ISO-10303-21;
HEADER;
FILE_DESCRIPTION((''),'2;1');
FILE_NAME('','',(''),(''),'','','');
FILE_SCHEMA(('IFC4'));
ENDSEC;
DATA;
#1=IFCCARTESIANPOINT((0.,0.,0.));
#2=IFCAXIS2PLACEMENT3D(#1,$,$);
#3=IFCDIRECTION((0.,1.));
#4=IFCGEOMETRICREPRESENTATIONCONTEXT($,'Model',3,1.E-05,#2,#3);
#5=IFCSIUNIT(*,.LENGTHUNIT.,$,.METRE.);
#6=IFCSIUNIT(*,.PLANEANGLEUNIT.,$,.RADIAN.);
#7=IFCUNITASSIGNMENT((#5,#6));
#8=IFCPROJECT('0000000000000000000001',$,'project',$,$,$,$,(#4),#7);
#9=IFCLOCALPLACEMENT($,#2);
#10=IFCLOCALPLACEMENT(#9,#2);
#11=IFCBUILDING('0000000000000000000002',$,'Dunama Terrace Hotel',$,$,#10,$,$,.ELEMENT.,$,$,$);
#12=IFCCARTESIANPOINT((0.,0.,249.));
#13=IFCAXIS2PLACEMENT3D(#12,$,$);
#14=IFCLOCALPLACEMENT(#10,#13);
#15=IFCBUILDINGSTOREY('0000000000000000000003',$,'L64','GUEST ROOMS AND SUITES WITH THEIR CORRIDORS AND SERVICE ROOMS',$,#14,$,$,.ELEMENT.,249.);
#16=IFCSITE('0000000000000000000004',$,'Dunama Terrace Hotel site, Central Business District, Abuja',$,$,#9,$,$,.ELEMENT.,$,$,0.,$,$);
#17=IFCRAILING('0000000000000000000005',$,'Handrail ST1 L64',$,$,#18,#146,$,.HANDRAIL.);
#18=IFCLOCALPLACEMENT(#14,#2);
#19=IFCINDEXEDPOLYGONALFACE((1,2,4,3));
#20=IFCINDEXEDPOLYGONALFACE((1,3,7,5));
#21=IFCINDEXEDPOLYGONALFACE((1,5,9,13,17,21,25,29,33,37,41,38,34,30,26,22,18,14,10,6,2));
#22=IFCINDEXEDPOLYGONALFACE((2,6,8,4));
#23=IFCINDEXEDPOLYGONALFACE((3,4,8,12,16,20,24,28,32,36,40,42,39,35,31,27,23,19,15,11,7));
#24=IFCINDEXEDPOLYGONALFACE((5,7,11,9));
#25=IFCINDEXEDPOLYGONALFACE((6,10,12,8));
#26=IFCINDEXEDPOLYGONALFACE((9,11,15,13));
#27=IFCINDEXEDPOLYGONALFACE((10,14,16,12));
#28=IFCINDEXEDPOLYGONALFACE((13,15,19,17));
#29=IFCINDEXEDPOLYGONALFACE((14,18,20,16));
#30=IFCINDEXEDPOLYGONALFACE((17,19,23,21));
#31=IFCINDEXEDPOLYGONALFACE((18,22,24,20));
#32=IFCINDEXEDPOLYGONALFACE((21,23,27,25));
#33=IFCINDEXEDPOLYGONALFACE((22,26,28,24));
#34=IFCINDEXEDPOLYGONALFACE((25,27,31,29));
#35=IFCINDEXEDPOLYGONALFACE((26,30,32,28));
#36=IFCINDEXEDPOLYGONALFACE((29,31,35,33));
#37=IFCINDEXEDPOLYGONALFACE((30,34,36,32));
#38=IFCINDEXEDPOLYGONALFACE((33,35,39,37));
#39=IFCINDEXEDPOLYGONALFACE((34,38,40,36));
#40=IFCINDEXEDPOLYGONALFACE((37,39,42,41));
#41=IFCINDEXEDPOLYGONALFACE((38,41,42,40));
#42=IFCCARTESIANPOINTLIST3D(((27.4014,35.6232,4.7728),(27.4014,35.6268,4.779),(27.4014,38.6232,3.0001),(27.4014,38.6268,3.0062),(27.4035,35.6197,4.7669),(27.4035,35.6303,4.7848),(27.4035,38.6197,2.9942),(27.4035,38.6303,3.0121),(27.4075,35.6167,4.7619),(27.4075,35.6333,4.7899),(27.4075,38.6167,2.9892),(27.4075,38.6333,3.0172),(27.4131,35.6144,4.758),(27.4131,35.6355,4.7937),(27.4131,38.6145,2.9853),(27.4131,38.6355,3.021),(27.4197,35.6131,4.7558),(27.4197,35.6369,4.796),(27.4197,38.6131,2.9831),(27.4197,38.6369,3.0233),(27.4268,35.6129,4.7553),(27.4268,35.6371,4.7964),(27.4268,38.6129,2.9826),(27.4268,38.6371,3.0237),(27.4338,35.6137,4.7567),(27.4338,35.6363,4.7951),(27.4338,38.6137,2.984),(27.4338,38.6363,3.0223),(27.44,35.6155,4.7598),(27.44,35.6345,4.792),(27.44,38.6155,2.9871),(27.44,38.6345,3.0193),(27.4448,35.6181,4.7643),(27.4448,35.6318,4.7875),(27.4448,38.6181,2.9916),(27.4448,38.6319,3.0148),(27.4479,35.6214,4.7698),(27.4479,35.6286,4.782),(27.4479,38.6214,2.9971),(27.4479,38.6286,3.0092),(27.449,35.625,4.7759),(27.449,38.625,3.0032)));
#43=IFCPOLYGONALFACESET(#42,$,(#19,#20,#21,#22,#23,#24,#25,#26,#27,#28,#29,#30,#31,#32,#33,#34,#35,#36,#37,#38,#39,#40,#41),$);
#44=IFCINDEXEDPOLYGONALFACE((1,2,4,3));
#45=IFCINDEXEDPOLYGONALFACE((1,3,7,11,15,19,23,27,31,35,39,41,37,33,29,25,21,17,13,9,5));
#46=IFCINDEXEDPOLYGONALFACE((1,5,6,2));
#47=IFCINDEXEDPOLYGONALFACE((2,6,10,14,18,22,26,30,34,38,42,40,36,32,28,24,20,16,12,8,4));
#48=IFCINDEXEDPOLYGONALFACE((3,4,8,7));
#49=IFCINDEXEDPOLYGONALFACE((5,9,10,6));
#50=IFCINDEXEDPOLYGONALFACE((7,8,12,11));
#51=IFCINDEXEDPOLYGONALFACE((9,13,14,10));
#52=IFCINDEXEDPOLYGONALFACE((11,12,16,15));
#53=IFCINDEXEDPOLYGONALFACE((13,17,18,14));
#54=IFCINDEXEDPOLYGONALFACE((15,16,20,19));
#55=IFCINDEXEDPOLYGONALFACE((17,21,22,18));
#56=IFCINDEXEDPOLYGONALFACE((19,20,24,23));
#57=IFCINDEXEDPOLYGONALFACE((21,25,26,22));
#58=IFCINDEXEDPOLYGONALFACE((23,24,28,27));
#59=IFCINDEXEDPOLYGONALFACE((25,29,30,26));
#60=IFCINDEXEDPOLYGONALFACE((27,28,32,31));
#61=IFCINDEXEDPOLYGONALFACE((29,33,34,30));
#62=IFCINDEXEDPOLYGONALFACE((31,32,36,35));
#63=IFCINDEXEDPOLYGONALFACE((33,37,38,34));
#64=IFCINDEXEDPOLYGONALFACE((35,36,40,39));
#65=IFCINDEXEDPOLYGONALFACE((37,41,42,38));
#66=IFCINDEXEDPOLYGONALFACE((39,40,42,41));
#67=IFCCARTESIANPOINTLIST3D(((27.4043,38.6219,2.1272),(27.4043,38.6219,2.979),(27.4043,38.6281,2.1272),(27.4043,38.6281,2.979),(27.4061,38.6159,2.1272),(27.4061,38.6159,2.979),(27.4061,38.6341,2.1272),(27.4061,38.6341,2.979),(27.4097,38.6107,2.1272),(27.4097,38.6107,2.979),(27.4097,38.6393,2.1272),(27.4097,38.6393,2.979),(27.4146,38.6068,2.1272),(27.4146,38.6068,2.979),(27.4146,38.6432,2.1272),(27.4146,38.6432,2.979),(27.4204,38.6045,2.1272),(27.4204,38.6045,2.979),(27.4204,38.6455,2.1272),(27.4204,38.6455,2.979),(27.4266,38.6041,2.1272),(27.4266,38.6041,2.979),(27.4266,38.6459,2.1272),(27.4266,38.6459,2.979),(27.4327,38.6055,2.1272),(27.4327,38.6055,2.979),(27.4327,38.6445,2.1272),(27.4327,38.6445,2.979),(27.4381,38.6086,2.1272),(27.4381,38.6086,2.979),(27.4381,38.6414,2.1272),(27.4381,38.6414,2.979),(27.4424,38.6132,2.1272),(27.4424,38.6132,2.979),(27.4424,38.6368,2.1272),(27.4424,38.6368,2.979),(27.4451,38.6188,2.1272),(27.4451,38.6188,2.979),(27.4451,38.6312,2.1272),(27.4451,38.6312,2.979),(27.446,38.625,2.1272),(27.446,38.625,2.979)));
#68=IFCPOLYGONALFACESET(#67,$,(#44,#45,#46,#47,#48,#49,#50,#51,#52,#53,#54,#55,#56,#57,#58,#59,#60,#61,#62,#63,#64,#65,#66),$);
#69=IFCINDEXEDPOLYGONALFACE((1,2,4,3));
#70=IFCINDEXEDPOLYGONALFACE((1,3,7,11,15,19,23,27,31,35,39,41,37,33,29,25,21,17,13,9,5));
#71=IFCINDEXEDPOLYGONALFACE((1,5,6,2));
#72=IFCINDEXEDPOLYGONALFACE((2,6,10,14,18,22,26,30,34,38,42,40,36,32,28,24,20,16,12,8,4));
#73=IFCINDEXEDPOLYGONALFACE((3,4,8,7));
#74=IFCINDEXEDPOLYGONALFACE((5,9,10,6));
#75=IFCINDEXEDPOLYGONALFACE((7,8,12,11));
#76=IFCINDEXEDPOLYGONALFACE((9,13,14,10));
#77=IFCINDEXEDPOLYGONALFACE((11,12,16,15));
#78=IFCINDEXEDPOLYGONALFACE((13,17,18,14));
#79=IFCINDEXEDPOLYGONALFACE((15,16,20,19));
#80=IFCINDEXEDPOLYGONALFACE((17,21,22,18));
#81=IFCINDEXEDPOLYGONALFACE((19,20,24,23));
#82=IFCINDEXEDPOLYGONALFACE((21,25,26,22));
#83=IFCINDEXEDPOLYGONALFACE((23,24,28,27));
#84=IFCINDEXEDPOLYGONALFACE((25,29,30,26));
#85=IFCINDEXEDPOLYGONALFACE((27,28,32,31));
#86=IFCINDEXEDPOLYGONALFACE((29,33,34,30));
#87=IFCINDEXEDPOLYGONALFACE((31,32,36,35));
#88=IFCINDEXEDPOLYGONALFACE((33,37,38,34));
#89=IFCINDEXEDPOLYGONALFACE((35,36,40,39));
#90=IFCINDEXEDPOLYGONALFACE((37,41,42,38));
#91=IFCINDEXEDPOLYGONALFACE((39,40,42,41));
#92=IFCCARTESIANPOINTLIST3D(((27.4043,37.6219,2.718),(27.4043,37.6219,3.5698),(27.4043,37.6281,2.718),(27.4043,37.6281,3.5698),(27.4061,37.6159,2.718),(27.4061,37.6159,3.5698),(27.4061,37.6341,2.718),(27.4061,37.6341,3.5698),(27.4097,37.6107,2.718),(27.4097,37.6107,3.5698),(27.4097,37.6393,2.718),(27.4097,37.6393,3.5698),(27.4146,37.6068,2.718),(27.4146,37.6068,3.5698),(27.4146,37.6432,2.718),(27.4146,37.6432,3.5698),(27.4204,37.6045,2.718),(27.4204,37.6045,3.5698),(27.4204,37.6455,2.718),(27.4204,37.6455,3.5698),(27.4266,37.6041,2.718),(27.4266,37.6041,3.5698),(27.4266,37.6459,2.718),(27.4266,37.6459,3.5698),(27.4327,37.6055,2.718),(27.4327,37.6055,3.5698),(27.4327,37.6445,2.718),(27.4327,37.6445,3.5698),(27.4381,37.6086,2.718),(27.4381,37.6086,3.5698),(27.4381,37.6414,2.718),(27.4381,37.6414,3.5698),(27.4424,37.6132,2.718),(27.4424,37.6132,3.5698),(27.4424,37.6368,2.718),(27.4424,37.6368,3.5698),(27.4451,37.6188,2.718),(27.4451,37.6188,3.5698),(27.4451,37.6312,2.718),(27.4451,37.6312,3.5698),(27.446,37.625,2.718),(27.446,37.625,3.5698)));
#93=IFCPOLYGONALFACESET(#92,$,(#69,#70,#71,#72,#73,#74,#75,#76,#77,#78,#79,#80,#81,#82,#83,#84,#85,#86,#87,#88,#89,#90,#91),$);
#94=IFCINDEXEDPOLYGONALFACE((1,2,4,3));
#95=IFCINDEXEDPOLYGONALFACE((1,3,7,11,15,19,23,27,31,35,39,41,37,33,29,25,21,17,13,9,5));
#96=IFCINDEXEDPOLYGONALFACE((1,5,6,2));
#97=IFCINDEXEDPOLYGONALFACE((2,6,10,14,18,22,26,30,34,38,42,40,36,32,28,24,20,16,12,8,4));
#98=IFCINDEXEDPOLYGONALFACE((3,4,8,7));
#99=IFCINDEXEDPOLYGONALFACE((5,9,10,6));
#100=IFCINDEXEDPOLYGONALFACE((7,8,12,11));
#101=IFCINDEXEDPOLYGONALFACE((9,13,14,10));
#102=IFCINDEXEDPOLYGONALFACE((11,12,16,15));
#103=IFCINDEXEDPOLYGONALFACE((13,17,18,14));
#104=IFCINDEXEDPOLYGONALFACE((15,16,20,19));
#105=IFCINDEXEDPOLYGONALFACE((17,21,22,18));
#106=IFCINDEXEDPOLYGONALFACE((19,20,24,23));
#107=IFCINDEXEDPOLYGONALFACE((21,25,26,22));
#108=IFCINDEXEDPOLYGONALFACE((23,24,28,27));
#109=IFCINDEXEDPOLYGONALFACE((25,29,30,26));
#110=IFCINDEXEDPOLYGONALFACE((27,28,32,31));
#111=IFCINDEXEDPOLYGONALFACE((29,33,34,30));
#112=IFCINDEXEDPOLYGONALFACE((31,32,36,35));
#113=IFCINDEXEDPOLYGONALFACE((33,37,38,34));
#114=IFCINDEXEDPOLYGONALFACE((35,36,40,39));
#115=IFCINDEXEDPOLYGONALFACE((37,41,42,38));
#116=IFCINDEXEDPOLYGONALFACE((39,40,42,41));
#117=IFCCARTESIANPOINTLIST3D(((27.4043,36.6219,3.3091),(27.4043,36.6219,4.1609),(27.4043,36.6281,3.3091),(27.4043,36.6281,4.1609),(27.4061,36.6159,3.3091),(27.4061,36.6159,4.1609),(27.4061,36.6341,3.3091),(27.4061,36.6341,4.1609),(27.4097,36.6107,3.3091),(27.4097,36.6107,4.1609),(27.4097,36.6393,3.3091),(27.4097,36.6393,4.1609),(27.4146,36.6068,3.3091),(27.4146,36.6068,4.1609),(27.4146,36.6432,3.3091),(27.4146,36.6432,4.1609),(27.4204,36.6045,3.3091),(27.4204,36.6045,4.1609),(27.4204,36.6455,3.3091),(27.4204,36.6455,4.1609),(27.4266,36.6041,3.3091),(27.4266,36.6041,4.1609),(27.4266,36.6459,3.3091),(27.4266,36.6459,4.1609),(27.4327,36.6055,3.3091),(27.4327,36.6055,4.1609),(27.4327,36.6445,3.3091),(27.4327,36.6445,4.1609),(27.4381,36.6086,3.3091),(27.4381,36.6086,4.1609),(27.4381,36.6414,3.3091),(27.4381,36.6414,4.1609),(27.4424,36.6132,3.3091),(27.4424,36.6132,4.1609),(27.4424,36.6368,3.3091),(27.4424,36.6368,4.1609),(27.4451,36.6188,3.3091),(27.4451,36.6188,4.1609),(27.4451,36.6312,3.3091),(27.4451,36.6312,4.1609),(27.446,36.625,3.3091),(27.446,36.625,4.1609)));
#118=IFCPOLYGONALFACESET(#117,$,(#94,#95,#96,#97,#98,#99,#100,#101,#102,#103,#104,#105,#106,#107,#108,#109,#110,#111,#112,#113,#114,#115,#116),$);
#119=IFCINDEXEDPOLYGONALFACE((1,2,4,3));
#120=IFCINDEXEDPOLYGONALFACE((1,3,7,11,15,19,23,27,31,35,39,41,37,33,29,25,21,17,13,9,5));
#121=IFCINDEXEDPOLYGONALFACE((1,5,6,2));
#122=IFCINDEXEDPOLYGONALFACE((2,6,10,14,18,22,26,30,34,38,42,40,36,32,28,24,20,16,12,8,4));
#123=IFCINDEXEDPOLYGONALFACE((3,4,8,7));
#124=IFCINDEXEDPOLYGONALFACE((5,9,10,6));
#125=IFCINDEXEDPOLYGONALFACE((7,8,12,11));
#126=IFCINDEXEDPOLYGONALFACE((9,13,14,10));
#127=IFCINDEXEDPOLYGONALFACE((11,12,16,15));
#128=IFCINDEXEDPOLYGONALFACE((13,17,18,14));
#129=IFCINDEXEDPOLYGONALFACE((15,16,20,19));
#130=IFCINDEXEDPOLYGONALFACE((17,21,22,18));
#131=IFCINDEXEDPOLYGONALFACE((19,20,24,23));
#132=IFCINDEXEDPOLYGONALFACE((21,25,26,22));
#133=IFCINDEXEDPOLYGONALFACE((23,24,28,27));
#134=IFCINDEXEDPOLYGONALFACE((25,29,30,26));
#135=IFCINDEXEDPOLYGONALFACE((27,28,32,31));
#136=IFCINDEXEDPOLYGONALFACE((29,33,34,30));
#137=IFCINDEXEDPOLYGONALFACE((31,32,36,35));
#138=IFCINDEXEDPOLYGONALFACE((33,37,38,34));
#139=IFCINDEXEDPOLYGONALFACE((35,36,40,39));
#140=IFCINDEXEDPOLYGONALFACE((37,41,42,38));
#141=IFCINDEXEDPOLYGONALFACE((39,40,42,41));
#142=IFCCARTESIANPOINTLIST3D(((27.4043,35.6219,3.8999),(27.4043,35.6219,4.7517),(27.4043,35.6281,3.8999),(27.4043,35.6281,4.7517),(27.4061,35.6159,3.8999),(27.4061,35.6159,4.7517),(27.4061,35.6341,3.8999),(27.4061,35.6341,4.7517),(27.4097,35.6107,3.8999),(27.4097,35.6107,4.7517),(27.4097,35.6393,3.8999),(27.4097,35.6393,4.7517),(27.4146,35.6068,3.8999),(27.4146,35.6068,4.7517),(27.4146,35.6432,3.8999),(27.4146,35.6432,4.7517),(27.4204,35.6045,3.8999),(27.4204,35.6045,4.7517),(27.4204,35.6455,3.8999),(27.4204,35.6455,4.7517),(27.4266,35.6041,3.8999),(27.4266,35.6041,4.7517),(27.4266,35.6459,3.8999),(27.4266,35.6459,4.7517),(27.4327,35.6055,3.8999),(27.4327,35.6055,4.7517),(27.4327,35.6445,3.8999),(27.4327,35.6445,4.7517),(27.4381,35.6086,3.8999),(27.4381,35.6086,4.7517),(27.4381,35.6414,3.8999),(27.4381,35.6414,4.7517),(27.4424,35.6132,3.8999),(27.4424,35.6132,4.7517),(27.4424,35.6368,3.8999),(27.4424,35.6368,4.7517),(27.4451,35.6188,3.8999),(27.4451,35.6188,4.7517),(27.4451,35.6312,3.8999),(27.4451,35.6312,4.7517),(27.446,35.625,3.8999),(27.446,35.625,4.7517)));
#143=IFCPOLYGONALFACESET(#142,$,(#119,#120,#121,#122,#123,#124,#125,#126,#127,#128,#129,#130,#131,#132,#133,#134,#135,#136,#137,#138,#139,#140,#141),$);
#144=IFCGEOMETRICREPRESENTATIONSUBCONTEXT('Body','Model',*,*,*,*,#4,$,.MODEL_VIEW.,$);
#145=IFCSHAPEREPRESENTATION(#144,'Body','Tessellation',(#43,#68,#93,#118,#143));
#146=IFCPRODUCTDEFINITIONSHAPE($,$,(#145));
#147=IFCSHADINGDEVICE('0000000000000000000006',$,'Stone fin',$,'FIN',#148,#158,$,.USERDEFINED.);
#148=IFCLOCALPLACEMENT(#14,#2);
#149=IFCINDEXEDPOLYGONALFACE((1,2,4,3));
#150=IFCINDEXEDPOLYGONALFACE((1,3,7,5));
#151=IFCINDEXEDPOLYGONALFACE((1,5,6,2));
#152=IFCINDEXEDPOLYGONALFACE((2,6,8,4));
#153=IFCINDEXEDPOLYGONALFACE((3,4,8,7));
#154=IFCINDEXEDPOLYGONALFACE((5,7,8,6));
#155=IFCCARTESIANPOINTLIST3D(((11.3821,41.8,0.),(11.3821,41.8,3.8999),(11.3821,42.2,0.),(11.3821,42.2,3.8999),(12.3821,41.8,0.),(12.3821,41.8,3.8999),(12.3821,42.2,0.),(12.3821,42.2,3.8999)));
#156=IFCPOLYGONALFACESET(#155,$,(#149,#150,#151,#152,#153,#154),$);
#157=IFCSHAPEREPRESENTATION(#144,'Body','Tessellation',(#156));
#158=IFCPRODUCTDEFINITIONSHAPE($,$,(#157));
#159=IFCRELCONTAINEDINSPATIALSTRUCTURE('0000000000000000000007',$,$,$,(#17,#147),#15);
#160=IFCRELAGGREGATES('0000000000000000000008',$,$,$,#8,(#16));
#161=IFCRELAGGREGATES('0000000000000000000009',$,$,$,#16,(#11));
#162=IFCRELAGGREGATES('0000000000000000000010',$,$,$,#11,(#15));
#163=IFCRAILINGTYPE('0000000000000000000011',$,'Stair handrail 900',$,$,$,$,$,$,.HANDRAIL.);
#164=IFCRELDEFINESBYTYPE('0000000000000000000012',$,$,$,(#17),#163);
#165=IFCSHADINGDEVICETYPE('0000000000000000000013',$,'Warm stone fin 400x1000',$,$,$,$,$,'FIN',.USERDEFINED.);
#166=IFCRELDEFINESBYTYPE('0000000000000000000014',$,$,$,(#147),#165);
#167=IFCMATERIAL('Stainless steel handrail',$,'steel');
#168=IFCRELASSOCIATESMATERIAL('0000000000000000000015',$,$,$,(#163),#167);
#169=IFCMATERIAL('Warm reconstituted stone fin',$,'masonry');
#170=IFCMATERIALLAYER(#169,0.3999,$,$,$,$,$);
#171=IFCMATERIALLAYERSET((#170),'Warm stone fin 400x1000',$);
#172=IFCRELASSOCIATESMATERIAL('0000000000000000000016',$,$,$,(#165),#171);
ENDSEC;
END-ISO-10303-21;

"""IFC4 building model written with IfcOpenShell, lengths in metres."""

from ifc_helpers import new_model, si_unit, direction, frame, origin, origin_2d, place, context, subcontext, project, spatial, rectangle, circle, extrude, material, layer, layer_set, type_object, element, save


model = new_model("IFC4")

# Units and contexts
model_context = context("Model", 3, precision=1e-05, world=origin(), true_north=direction((0.0, 1.0)))
body_context = subcontext(model_context, "Body", "Model", "MODEL_VIEW")
ifc_project = project(units=[si_unit("LENGTHUNIT", "METRE"), si_unit("PLANEANGLEUNIT", "RADIAN")], contexts=[model_context])

# Site, building, storey
site_placement = place(None, origin())
site = spatial("IfcSite", under=ifc_project, at=site_placement, Name="Dunama Terrace Hotel site, Central Business District, Abuja", CompositionType="ELEMENT", RefElevation=0.0)
building_placement = place(site_placement, origin())
building = spatial("IfcBuilding", under=site, at=building_placement, Name="Dunama Terrace Hotel", CompositionType="ELEMENT")
storey_placement = place(building_placement, frame((0.0, 0.0, 249.0)))
storey = spatial("IfcBuildingStorey", under=building, at=storey_placement, Name="L64", Description="GUEST ROOMS AND SUITES WITH THEIR CORRIDORS AND SERVICE ROOMS", CompositionType="ELEMENT", Elevation=249.0)

# Railing
ifc_material_1 = material(Name="Stainless steel handrail", Category="steel")
railing_type = type_object("IfcRailingType", Name="Stair handrail 900", PredefinedType="HANDRAIL", material=ifc_material_1)
railing_1_placement = place(storey_placement, frame((27.425, 38.625, 2.1272)))
element("IfcRailing", 1, at=railing_1_placement, inside=storey, type_object=railing_type, Name="Handrail ST1 L64", PredefinedType="HANDRAIL", context=body_context, shape_type="SweptSolid", body=[
    extrude(circle(Radius=0.0239, at=origin_2d()), frame((0.0, 0.0, 0.876), z_axis=(0.0, -0.860929, 0.508725), x_axis=(1.0, 0.0, 0.0)), (0.0, 0.0, 1.0), 3.4846),
    extrude(circle(Radius=0.021, at=origin_2d()), origin(), (0.0, 0.0, 1.0), 0.8518),
    extrude(circle(Radius=0.021, at=origin_2d()), frame((0.0, -1.0, 0.5908)), (0.0, 0.0, 1.0), 0.8518),
    extrude(circle(Radius=0.021, at=origin_2d()), frame((0.0, -2.0, 1.1819)), (0.0, 0.0, 1.0), 0.8518),
    extrude(circle(Radius=0.021, at=origin_2d()), frame((0.0, -3.0, 1.7727)), (0.0, 0.0, 1.0), 0.8518),
])

# Shading device
ifc_material_2 = material(Name="Warm reconstituted stone fin", Category="masonry")
ifc_layer_1 = layer(ifc_material_2, 0.3999)
ifc_layer_set_1 = layer_set([ifc_layer_1], Name="Warm stone fin 400x1000")
shading_device_type = type_object("IfcShadingDeviceType", Name="Warm stone fin 400x1000", ElementType="FIN", PredefinedType="USERDEFINED", material=ifc_layer_set_1)
shading_device_placement = place(storey_placement, frame((11.8821, 42.0, 0.0), z_axis=(0.0, 0.0, 1.0), x_axis=(0.0, -1.0, 0.0)))
element("IfcShadingDevice", 2, at=shading_device_placement, inside=storey, type_object=shading_device_type, Name="Stone fin", ObjectType="FIN", PredefinedType="USERDEFINED", context=body_context, shape_type="SweptSolid", body=[
    extrude(rectangle(XDim=0.3999, YDim=1.0, at=origin_2d()), origin(), (0.0, 0.0, 1.0), 3.8999),
])

save(model, "model.ifc")
